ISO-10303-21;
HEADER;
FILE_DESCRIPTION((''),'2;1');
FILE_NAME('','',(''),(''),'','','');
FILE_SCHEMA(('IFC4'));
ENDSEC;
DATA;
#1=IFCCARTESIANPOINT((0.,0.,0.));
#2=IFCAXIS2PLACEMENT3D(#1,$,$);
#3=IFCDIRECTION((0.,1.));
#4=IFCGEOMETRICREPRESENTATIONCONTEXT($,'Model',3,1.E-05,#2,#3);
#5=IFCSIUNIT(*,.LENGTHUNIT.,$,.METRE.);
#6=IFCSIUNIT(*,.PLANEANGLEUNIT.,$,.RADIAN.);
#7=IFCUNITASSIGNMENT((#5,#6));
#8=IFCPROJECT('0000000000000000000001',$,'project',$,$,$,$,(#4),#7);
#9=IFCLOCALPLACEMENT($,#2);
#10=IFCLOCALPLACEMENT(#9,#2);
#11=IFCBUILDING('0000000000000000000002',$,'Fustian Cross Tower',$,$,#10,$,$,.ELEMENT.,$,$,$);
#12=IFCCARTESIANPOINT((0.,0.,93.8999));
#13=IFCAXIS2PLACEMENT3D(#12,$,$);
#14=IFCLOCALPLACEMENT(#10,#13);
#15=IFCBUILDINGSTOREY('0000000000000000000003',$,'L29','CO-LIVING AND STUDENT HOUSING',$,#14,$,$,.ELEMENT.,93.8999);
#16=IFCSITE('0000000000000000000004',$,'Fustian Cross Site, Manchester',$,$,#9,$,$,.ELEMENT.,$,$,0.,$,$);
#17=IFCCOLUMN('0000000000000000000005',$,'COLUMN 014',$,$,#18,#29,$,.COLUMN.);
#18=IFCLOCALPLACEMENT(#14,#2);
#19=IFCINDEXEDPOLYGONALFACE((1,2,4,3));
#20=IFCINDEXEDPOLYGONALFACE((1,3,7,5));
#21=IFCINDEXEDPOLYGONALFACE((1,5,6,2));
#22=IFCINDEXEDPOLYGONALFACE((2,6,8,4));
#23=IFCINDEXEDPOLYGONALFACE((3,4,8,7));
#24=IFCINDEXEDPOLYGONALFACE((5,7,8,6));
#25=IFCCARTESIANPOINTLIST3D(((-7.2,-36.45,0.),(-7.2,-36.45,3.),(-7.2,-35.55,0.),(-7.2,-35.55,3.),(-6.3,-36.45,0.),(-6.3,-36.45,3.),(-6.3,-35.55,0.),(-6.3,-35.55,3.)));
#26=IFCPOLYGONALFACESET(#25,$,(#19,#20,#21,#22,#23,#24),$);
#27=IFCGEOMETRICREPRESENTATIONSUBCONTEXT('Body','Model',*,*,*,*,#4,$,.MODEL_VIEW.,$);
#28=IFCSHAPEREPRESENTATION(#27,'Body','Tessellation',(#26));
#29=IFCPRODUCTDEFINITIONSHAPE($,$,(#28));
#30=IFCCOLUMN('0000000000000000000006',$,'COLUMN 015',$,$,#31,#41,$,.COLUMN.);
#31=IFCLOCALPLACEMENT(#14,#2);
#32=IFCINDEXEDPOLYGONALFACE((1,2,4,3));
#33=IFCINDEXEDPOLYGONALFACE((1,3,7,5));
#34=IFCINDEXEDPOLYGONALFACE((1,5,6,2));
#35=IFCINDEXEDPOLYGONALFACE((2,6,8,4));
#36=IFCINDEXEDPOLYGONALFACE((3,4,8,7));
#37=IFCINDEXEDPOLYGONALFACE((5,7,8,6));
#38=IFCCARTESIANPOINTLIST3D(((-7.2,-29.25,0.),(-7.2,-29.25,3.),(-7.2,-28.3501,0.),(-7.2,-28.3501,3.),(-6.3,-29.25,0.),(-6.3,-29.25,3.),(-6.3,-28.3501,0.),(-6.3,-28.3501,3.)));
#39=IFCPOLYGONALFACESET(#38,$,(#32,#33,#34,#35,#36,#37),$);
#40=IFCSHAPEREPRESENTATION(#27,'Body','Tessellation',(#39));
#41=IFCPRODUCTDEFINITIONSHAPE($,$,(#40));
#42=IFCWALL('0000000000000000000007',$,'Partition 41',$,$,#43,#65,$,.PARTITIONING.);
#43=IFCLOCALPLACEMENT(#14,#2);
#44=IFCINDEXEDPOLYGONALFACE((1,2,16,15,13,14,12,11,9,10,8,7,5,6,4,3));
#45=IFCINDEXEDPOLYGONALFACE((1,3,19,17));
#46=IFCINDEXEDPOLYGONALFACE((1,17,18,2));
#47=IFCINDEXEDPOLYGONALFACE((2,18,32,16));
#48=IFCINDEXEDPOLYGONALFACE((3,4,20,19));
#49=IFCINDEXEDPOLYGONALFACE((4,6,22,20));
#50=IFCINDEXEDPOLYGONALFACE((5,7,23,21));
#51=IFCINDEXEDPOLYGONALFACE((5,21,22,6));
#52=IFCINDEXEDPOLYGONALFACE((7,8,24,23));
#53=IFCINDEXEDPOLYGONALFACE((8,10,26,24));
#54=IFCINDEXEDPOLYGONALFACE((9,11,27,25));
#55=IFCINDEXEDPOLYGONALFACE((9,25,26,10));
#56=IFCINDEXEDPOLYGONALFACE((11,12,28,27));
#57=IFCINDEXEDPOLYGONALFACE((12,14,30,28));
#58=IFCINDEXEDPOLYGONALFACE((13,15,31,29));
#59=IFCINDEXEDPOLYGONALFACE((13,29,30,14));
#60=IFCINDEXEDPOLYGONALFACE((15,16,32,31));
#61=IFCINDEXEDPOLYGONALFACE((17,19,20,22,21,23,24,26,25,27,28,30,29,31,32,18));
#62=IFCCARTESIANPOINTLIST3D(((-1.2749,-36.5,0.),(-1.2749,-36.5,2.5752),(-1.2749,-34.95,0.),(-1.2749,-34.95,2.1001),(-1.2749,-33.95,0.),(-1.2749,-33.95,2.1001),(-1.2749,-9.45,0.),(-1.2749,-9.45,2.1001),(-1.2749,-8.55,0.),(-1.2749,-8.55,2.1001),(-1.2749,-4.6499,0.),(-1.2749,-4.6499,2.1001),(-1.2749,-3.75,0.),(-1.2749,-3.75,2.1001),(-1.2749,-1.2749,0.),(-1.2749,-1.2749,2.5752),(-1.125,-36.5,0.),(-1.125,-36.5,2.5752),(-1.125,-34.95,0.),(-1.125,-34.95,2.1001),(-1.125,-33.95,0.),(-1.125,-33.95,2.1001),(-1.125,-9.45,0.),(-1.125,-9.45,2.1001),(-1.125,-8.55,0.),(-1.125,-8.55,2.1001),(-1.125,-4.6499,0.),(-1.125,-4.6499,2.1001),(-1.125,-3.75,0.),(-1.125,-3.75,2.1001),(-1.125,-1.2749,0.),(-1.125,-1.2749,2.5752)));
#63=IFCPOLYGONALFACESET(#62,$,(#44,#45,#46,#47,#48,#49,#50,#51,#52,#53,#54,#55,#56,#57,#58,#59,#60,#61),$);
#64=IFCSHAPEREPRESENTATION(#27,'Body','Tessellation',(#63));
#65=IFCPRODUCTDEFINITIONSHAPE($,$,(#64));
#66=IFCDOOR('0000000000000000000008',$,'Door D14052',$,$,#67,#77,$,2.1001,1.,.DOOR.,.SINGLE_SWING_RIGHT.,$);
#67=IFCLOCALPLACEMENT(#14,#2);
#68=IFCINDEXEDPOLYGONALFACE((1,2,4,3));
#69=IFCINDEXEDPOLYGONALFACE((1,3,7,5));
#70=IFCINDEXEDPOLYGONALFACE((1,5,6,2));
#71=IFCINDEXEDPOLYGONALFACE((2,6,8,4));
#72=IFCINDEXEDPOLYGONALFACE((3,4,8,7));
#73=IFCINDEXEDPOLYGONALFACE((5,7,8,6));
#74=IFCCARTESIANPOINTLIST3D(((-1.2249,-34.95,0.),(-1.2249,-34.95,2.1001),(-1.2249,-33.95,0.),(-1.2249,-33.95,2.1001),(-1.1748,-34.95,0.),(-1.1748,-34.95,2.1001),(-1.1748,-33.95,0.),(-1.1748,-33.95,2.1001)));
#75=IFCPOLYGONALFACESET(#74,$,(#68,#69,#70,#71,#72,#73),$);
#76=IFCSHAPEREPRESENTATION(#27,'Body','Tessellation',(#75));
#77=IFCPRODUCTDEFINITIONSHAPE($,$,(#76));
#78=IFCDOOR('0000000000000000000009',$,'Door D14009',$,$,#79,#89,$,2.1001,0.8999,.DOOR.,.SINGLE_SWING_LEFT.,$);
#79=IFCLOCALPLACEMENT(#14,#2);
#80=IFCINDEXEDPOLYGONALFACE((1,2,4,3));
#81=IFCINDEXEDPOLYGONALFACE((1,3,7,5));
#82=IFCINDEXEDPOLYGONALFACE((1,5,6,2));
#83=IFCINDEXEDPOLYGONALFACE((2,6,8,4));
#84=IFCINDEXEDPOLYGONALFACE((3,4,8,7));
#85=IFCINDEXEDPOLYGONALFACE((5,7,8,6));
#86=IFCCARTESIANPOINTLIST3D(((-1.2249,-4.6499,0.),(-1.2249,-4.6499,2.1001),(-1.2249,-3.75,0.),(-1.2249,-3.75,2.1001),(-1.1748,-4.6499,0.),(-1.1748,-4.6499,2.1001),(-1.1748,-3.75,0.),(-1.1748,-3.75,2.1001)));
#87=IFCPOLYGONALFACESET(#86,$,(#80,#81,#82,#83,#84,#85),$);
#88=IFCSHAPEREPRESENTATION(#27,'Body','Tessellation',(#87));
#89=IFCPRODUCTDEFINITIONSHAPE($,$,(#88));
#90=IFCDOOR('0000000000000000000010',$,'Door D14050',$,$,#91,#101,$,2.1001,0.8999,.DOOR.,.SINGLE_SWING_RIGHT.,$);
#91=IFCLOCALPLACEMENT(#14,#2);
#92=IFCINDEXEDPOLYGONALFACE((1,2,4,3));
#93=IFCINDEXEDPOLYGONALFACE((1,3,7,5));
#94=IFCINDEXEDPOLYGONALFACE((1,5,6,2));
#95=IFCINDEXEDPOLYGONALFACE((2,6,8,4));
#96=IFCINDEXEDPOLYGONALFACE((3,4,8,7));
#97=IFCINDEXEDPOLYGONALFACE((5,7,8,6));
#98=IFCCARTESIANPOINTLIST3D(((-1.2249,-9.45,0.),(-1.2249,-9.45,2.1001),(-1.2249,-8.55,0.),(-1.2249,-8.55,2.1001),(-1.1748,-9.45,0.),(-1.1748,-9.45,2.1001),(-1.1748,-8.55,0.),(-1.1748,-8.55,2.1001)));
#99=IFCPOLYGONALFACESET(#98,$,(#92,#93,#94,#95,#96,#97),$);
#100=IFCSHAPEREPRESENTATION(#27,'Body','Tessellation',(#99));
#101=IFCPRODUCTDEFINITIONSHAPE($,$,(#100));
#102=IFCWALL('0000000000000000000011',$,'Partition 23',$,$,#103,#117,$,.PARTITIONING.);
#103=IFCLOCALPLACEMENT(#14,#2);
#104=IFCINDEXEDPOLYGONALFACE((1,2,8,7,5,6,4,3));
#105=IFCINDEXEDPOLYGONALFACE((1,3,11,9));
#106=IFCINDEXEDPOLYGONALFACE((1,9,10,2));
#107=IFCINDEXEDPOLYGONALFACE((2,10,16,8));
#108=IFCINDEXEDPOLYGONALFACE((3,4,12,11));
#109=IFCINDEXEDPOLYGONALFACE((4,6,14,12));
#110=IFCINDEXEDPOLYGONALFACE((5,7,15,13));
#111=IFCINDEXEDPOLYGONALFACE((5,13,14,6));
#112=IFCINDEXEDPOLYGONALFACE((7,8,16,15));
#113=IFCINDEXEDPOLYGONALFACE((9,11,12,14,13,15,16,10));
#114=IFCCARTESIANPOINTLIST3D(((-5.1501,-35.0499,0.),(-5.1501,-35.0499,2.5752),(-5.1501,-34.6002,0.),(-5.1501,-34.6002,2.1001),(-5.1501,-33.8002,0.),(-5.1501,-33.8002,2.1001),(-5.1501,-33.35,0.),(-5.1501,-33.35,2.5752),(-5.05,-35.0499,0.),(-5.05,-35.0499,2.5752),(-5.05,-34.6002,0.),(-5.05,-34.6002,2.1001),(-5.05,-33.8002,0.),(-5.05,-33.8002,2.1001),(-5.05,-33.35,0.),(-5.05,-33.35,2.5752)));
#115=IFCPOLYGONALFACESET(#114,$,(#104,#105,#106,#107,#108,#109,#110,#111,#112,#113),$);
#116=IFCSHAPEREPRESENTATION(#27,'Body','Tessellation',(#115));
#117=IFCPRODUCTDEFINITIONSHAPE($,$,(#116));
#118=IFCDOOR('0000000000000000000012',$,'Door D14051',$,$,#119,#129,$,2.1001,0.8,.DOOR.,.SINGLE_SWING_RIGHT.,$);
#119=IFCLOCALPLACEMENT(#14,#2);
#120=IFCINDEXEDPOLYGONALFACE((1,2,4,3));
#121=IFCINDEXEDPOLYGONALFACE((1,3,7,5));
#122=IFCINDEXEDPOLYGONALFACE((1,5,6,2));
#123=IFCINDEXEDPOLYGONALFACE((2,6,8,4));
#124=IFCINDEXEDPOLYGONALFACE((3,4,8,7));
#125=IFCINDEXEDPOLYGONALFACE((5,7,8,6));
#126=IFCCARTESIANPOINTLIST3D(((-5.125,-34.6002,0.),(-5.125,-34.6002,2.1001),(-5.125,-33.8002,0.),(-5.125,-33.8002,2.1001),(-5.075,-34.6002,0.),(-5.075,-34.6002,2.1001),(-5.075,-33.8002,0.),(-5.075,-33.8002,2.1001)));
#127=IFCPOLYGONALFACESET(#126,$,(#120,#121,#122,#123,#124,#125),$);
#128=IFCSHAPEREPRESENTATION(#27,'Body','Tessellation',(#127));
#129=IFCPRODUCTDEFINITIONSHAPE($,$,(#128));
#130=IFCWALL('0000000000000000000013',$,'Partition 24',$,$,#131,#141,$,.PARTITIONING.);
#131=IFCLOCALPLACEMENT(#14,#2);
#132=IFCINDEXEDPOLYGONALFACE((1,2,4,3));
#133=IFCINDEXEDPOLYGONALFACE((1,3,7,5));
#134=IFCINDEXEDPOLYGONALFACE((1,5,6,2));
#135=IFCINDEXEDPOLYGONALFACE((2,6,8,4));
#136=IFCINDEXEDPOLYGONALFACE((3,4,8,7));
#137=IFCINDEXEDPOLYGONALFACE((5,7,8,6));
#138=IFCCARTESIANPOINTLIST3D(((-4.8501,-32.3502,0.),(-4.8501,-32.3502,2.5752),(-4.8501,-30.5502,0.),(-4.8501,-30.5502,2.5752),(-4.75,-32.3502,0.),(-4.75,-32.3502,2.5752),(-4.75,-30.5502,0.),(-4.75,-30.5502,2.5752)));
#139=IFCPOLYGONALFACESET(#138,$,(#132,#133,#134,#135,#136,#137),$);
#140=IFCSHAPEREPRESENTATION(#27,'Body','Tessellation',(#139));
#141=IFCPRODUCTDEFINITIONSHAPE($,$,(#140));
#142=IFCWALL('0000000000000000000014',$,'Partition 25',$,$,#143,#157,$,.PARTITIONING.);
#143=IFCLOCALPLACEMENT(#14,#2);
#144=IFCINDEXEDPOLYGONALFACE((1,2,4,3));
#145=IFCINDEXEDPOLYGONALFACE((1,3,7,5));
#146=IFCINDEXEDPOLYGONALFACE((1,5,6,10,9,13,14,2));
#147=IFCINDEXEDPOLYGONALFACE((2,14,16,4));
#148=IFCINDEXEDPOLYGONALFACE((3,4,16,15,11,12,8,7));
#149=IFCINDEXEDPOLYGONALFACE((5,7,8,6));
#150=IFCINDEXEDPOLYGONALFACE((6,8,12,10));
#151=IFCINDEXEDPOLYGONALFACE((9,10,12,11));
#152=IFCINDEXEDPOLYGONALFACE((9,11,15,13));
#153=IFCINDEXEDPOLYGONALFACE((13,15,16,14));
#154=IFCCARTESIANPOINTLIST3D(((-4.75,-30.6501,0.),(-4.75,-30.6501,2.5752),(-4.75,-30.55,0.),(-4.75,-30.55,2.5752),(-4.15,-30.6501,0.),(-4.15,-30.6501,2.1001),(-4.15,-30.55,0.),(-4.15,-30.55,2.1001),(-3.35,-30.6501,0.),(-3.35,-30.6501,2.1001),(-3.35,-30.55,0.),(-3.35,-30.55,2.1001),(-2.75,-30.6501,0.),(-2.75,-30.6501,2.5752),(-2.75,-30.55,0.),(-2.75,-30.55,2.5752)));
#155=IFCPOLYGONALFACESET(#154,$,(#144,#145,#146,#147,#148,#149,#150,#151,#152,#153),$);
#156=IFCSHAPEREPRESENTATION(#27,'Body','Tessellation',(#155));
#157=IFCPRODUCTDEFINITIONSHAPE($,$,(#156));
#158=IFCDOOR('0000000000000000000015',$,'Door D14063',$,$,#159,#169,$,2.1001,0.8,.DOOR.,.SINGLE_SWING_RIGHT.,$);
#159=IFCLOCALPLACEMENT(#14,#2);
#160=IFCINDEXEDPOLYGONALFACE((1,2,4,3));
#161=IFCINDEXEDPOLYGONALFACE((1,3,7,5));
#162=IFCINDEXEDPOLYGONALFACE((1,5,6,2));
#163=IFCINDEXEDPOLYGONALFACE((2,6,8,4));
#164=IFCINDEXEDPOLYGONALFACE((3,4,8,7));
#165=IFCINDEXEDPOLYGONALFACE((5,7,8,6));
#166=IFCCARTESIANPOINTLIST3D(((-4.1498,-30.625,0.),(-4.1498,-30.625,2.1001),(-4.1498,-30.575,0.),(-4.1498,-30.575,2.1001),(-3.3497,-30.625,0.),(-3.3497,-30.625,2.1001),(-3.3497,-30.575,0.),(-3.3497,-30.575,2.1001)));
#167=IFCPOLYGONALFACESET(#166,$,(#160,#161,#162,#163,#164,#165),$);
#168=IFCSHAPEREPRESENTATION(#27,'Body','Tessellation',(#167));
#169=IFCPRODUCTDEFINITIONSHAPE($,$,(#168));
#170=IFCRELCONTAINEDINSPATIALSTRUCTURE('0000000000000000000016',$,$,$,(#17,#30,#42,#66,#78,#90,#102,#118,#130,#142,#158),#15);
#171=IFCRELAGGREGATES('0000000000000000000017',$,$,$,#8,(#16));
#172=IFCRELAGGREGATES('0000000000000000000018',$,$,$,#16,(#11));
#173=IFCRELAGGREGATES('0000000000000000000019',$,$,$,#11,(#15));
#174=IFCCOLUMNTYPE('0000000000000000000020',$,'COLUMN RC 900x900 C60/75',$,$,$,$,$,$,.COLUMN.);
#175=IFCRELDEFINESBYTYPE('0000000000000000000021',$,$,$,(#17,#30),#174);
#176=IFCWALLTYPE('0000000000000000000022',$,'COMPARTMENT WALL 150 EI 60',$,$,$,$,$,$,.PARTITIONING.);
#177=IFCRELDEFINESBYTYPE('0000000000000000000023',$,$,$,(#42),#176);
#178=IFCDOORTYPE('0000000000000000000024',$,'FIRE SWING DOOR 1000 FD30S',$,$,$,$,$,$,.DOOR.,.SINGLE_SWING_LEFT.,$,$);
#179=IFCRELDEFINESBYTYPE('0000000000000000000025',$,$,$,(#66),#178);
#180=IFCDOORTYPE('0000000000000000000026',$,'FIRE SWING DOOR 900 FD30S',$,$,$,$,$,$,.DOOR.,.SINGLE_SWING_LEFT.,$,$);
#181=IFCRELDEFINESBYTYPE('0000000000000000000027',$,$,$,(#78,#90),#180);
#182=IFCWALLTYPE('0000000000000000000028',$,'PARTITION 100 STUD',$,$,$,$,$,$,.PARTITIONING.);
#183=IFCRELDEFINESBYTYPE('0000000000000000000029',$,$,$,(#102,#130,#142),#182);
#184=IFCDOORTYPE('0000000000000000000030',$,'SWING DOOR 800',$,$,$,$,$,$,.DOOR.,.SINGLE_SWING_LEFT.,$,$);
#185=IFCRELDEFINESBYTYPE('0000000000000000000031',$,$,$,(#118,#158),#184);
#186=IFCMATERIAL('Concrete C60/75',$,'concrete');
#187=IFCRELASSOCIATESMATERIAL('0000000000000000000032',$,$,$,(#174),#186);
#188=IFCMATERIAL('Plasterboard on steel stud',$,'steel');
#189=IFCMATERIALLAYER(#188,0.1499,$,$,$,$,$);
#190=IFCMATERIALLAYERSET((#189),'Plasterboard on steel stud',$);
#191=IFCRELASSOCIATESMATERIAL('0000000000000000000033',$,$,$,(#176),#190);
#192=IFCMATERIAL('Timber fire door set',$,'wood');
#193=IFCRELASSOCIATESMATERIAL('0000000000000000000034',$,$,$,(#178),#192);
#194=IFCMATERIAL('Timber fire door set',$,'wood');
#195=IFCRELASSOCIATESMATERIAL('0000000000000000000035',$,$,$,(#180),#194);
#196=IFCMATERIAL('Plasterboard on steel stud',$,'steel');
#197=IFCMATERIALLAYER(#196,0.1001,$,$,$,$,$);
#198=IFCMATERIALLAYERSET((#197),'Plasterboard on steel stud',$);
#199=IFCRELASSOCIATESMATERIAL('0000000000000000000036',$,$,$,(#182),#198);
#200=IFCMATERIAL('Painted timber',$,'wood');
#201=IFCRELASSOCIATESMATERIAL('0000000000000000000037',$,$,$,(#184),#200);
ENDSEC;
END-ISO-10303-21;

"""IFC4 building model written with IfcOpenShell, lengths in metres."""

from ifc_helpers import new_model, si_unit, direction, frame, frame_2d, origin, origin_2d, place, context, subcontext, project, spatial, rectangle, extrude, material, layer, layer_set, material_profile, profile_set, type_object, element, fill, save


model = new_model("IFC4")

# Units and contexts
model_context = context("Model", 3, precision=1e-05, world=origin(), true_north=direction((0.0, 1.0)))
body_context = subcontext(model_context, "Body", "Model", "MODEL_VIEW")
ifc_project = project(units=[si_unit("LENGTHUNIT", "METRE"), si_unit("PLANEANGLEUNIT", "RADIAN")], contexts=[model_context])

# Site, building, storey
site_placement = place(None, origin())
site = spatial("IfcSite", under=ifc_project, at=site_placement, Name="Fustian Cross Site, Manchester", CompositionType="ELEMENT", RefElevation=0.0)
building_placement = place(site_placement, origin())
building = spatial("IfcBuilding", under=site, at=building_placement, Name="Fustian Cross Tower", CompositionType="ELEMENT")
storey_placement = place(building_placement, frame((0.0, 0.0, 93.8999)))
storey = spatial("IfcBuildingStorey", under=building, at=storey_placement, Name="L29", Description="CO-LIVING AND STUDENT HOUSING", CompositionType="ELEMENT", Elevation=93.8999)

# Columns
ifc_material_1 = material(Name="Concrete C60/75", Category="concrete")
ifc_material_profile = material_profile(ifc_material_1, rectangle(XDim=0.8999, YDim=0.8999, at=origin_2d()), Name="RC 900x900")
ifc_profile_set = profile_set([ifc_material_profile], Name="Concrete C60/75")
column_type = type_object("IfcColumnType", Name="COLUMN RC 900x900 C60/75", PredefinedType="COLUMN", material=ifc_profile_set)
for number, where, z_axis, x_axis, name in (
    (1, (-6.75, -36.0, 0.0), (0.0, 0.0, 1.0), (1.0, 0.0, 0.0), "COLUMN 014"),
    (2, (-6.75, -28.8, 0.0), (0.0, 0.0, 1.0), (1.0, 0.0, 0.0), "COLUMN 015"),
):
    element("IfcColumn", number, at=place(storey_placement, frame(where, z_axis=z_axis, x_axis=x_axis)), inside=storey, type_object=column_type, Name=name, PredefinedType="COLUMN", context=body_context, shape_type="SweptSolid", body=[
        extrude(rectangle(XDim=0.8999, YDim=0.8999, at=origin_2d()), origin(), (0.0, 0.0, 1.0), 3.0),
    ])

# Wall, openings, doors
ifc_material_2 = material(Name="Plasterboard on steel stud", Category="steel")
ifc_layer_1 = layer(ifc_material_2, 0.1499)
ifc_layer_set_1 = layer_set([ifc_layer_1], Name="Plasterboard on steel stud")
wall_type_1 = type_object("IfcWallType", Name="COMPARTMENT WALL 150 EI 60", PredefinedType="PARTITIONING", material=ifc_layer_set_1)
wall_1_placement = place(storey_placement, frame((-1.2, -36.5, 0.0), z_axis=(0.0, 0.0, 1.0), x_axis=(0.0, 1.0, 0.0)))
wall_1 = element("IfcWall", 3, at=wall_1_placement, inside=storey, type_object=wall_type_1, Name="Partition 41", PredefinedType="PARTITIONING", context=body_context, shape_type="SweptSolid", body=[
    extrude(rectangle(XDim=35.2251, YDim=0.1499, at=frame_2d((17.6125, 0.0))), origin(), (0.0, 0.0, 1.0), 2.5752),
])
opening_1_placement = place(wall_1_placement, frame((31.8501, 0.0, 0.0)))
opening_1 = element("IfcOpeningElement", 4, at=opening_1_placement, cuts=wall_1, PredefinedType="OPENING", context=body_context, shape_type="SweptSolid", body=[
    extrude(rectangle(XDim=0.8999, YDim=2.1001, at=frame_2d((0.45, 1.05))), frame((0.0, 0.085, 0.0), z_axis=(0.0, -1.0, 0.0), x_axis=(1.0, 0.0, 0.0)), (0.0, 0.0, 1.0), 0.1699),
])
opening_2_placement = place(wall_1_placement, frame((27.05, 0.0, 0.0)))
opening_2 = element("IfcOpeningElement", 5, at=opening_2_placement, cuts=wall_1, PredefinedType="OPENING", context=body_context, shape_type="SweptSolid", body=[
    extrude(rectangle(XDim=0.8999, YDim=2.1001, at=frame_2d((0.45, 1.05))), frame((0.0, 0.085, 0.0), z_axis=(0.0, -1.0, 0.0), x_axis=(1.0, 0.0, 0.0)), (0.0, 0.0, 1.0), 0.1699),
])
opening_3_placement = place(wall_1_placement, frame((1.55, 0.0, 0.0)))
opening_3 = element("IfcOpeningElement", 6, at=opening_3_placement, cuts=wall_1, PredefinedType="OPENING", context=body_context, shape_type="SweptSolid", body=[
    extrude(rectangle(XDim=1.0, YDim=2.1001, at=frame_2d((0.5, 1.05))), frame((0.0, 0.085, 0.0), z_axis=(0.0, -1.0, 0.0), x_axis=(1.0, 0.0, 0.0)), (0.0, 0.0, 1.0), 0.1699),
])
ifc_material_3 = material(Name="Timber fire door set", Category="wood")
door_type_1 = type_object("IfcDoorType", Name="FIRE SWING DOOR 1000 FD30S", OperationType="SINGLE_SWING_LEFT", PredefinedType="DOOR", material=ifc_material_3)
door_1_placement = place(opening_3_placement, origin())
door_1 = element("IfcDoor", 7, at=door_1_placement, inside=storey, type_object=door_type_1, Name="Door D14052", OperationType="SINGLE_SWING_RIGHT", OverallHeight=2.1001, OverallWidth=1.0, PredefinedType="DOOR", context=body_context, shape_type="SweptSolid", body=[
    extrude(rectangle(XDim=1.0, YDim=2.1001, at=frame_2d((0.5, 1.05))), frame((0.0, 0.0249, 0.0), z_axis=(0.0, -1.0, 0.0), x_axis=(1.0, 0.0, 0.0)), (0.0, 0.0, 1.0), 0.05),
])
fill(opening_3, door_1)
ifc_material_4 = material(Name="Timber fire door set", Category="wood")
door_type_2 = type_object("IfcDoorType", Name="FIRE SWING DOOR 900 FD30S", OperationType="SINGLE_SWING_LEFT", PredefinedType="DOOR", material=ifc_material_4)
door_2_placement = place(opening_1_placement, origin())
door_2 = element("IfcDoor", 8, at=door_2_placement, inside=storey, type_object=door_type_2, Name="Door D14009", OperationType="SINGLE_SWING_LEFT", OverallHeight=2.1001, OverallWidth=0.8999, PredefinedType="DOOR", context=body_context, shape_type="SweptSolid", body=[
    extrude(rectangle(XDim=0.8999, YDim=2.1001, at=frame_2d((0.45, 1.05))), frame((0.0, 0.0249, 0.0), z_axis=(0.0, -1.0, 0.0), x_axis=(1.0, 0.0, 0.0)), (0.0, 0.0, 1.0), 0.05),
])
fill(opening_1, door_2)
door_3_placement = place(opening_2_placement, origin())
door_3 = element("IfcDoor", 9, at=door_3_placement, inside=storey, type_object=door_type_2, Name="Door D14050", OperationType="SINGLE_SWING_RIGHT", OverallHeight=2.1001, OverallWidth=0.8999, PredefinedType="DOOR", context=body_context, shape_type="SweptSolid", body=[
    extrude(rectangle(XDim=0.8999, YDim=2.1001, at=frame_2d((0.45, 1.05))), frame((0.0, 0.0249, 0.0), z_axis=(0.0, -1.0, 0.0), x_axis=(1.0, 0.0, 0.0)), (0.0, 0.0, 1.0), 0.05),
])
fill(opening_2, door_3)

# Wall, opening, door
ifc_material_5 = material(Name="Plasterboard on steel stud", Category="steel")
ifc_layer_2 = layer(ifc_material_5, 0.1001)
ifc_layer_set_2 = layer_set([ifc_layer_2], Name="Plasterboard on steel stud")
wall_type_2 = type_object("IfcWallType", Name="PARTITION 100 STUD", PredefinedType="PARTITIONING", material=ifc_layer_set_2)
wall_2_placement = place(storey_placement, frame((-5.1001, -35.05, 0.0), z_axis=(0.0, 0.0, 1.0), x_axis=(0.0, 1.0, 0.0)))
wall_2 = element("IfcWall", 10, at=wall_2_placement, inside=storey, type_object=wall_type_2, Name="Partition 23", PredefinedType="PARTITIONING", context=body_context, shape_type="SweptSolid", body=[
    extrude(rectangle(XDim=1.7, YDim=0.1001, at=frame_2d((0.8501, 0.0))), origin(), (0.0, 0.0, 1.0), 2.5752),
])
opening_4_placement = place(wall_2_placement, frame((0.45, 0.0, 0.0)))
opening_4 = element("IfcOpeningElement", 11, at=opening_4_placement, cuts=wall_2, PredefinedType="OPENING", context=body_context, shape_type="SweptSolid", body=[
    extrude(rectangle(XDim=0.8, YDim=2.1001, at=frame_2d((0.3999, 1.05))), frame((0.0, 0.0601, 0.0), z_axis=(0.0, -1.0, 0.0), x_axis=(1.0, 0.0, 0.0)), (0.0, 0.0, 1.0), 0.1201),
])
ifc_material_6 = material(Name="Painted timber", Category="wood")
door_type_3 = type_object("IfcDoorType", Name="SWING DOOR 800", OperationType="SINGLE_SWING_LEFT", PredefinedType="DOOR", material=ifc_material_6)
door_4_placement = place(opening_4_placement, origin())
door_4 = element("IfcDoor", 12, at=door_4_placement, inside=storey, type_object=door_type_3, Name="Door D14051", OperationType="SINGLE_SWING_RIGHT", OverallHeight=2.1001, OverallWidth=0.8, PredefinedType="DOOR", context=body_context, shape_type="SweptSolid", body=[
    extrude(rectangle(XDim=0.8, YDim=2.1001, at=frame_2d((0.3999, 1.05))), frame((0.0, 0.0249, 0.0), z_axis=(0.0, -1.0, 0.0), x_axis=(1.0, 0.0, 0.0)), (0.0, 0.0, 1.0), 0.05),
])
fill(opening_4, door_4)

# Wall
wall_3_placement = place(storey_placement, frame((-4.8, -32.3501, 0.0), z_axis=(0.0, 0.0, 1.0), x_axis=(0.0, 1.0, 0.0)))
element("IfcWall", 13, at=wall_3_placement, inside=storey, type_object=wall_type_2, Name="Partition 24", PredefinedType="PARTITIONING", context=body_context, shape_type="SweptSolid", body=[
    extrude(rectangle(XDim=1.8, YDim=0.1001, at=frame_2d((0.8999, 0.0))), origin(), (0.0, 0.0, 1.0), 2.5752),
])

# Wall, opening, door
wall_4_placement = place(storey_placement, frame((-4.75, -30.6001, 0.0), z_axis=(0.0, 0.0, 1.0), x_axis=(1.0, 0.0, 0.0)))
wall_4 = element("IfcWall", 14, at=wall_4_placement, inside=storey, type_object=wall_type_2, Name="Partition 25", PredefinedType="PARTITIONING", context=body_context, shape_type="SweptSolid", body=[
    extrude(rectangle(XDim=2.0, YDim=0.1001, at=frame_2d((1.0, 0.0))), origin(), (0.0, 0.0, 1.0), 2.5752),
])
opening_5_placement = place(wall_4_placement, frame((0.6001, 0.0, 0.0)))
opening_5 = element("IfcOpeningElement", 15, at=opening_5_placement, cuts=wall_4, PredefinedType="OPENING", context=body_context, shape_type="SweptSolid", body=[
    extrude(rectangle(XDim=0.8, YDim=2.1001, at=frame_2d((0.3999, 1.05))), frame((0.0, 0.0601, 0.0), z_axis=(0.0, -1.0, 0.0), x_axis=(1.0, 0.0, 0.0)), (0.0, 0.0, 1.0), 0.1201),
])
door_5_placement = place(opening_5_placement, frame((0.8, 0.0, 0.0), z_axis=(0.0, 0.0, 1.0), x_axis=(-1.0, 0.0, 0.0)))
door_5 = element("IfcDoor", 16, at=door_5_placement, inside=storey, type_object=door_type_3, Name="Door D14063", OperationType="SINGLE_SWING_RIGHT", OverallHeight=2.1001, OverallWidth=0.8, PredefinedType="DOOR", context=body_context, shape_type="SweptSolid", body=[
    extrude(rectangle(XDim=0.8, YDim=2.1001, at=frame_2d((0.3999, 1.05))), frame((0.0, 0.0249, 0.0), z_axis=(0.0, -1.0, 0.0), x_axis=(1.0, 0.0, 0.0)), (0.0, 0.0, 1.0), 0.05),
])
fill(opening_5, door_5)

save(model, "model.ifc")
